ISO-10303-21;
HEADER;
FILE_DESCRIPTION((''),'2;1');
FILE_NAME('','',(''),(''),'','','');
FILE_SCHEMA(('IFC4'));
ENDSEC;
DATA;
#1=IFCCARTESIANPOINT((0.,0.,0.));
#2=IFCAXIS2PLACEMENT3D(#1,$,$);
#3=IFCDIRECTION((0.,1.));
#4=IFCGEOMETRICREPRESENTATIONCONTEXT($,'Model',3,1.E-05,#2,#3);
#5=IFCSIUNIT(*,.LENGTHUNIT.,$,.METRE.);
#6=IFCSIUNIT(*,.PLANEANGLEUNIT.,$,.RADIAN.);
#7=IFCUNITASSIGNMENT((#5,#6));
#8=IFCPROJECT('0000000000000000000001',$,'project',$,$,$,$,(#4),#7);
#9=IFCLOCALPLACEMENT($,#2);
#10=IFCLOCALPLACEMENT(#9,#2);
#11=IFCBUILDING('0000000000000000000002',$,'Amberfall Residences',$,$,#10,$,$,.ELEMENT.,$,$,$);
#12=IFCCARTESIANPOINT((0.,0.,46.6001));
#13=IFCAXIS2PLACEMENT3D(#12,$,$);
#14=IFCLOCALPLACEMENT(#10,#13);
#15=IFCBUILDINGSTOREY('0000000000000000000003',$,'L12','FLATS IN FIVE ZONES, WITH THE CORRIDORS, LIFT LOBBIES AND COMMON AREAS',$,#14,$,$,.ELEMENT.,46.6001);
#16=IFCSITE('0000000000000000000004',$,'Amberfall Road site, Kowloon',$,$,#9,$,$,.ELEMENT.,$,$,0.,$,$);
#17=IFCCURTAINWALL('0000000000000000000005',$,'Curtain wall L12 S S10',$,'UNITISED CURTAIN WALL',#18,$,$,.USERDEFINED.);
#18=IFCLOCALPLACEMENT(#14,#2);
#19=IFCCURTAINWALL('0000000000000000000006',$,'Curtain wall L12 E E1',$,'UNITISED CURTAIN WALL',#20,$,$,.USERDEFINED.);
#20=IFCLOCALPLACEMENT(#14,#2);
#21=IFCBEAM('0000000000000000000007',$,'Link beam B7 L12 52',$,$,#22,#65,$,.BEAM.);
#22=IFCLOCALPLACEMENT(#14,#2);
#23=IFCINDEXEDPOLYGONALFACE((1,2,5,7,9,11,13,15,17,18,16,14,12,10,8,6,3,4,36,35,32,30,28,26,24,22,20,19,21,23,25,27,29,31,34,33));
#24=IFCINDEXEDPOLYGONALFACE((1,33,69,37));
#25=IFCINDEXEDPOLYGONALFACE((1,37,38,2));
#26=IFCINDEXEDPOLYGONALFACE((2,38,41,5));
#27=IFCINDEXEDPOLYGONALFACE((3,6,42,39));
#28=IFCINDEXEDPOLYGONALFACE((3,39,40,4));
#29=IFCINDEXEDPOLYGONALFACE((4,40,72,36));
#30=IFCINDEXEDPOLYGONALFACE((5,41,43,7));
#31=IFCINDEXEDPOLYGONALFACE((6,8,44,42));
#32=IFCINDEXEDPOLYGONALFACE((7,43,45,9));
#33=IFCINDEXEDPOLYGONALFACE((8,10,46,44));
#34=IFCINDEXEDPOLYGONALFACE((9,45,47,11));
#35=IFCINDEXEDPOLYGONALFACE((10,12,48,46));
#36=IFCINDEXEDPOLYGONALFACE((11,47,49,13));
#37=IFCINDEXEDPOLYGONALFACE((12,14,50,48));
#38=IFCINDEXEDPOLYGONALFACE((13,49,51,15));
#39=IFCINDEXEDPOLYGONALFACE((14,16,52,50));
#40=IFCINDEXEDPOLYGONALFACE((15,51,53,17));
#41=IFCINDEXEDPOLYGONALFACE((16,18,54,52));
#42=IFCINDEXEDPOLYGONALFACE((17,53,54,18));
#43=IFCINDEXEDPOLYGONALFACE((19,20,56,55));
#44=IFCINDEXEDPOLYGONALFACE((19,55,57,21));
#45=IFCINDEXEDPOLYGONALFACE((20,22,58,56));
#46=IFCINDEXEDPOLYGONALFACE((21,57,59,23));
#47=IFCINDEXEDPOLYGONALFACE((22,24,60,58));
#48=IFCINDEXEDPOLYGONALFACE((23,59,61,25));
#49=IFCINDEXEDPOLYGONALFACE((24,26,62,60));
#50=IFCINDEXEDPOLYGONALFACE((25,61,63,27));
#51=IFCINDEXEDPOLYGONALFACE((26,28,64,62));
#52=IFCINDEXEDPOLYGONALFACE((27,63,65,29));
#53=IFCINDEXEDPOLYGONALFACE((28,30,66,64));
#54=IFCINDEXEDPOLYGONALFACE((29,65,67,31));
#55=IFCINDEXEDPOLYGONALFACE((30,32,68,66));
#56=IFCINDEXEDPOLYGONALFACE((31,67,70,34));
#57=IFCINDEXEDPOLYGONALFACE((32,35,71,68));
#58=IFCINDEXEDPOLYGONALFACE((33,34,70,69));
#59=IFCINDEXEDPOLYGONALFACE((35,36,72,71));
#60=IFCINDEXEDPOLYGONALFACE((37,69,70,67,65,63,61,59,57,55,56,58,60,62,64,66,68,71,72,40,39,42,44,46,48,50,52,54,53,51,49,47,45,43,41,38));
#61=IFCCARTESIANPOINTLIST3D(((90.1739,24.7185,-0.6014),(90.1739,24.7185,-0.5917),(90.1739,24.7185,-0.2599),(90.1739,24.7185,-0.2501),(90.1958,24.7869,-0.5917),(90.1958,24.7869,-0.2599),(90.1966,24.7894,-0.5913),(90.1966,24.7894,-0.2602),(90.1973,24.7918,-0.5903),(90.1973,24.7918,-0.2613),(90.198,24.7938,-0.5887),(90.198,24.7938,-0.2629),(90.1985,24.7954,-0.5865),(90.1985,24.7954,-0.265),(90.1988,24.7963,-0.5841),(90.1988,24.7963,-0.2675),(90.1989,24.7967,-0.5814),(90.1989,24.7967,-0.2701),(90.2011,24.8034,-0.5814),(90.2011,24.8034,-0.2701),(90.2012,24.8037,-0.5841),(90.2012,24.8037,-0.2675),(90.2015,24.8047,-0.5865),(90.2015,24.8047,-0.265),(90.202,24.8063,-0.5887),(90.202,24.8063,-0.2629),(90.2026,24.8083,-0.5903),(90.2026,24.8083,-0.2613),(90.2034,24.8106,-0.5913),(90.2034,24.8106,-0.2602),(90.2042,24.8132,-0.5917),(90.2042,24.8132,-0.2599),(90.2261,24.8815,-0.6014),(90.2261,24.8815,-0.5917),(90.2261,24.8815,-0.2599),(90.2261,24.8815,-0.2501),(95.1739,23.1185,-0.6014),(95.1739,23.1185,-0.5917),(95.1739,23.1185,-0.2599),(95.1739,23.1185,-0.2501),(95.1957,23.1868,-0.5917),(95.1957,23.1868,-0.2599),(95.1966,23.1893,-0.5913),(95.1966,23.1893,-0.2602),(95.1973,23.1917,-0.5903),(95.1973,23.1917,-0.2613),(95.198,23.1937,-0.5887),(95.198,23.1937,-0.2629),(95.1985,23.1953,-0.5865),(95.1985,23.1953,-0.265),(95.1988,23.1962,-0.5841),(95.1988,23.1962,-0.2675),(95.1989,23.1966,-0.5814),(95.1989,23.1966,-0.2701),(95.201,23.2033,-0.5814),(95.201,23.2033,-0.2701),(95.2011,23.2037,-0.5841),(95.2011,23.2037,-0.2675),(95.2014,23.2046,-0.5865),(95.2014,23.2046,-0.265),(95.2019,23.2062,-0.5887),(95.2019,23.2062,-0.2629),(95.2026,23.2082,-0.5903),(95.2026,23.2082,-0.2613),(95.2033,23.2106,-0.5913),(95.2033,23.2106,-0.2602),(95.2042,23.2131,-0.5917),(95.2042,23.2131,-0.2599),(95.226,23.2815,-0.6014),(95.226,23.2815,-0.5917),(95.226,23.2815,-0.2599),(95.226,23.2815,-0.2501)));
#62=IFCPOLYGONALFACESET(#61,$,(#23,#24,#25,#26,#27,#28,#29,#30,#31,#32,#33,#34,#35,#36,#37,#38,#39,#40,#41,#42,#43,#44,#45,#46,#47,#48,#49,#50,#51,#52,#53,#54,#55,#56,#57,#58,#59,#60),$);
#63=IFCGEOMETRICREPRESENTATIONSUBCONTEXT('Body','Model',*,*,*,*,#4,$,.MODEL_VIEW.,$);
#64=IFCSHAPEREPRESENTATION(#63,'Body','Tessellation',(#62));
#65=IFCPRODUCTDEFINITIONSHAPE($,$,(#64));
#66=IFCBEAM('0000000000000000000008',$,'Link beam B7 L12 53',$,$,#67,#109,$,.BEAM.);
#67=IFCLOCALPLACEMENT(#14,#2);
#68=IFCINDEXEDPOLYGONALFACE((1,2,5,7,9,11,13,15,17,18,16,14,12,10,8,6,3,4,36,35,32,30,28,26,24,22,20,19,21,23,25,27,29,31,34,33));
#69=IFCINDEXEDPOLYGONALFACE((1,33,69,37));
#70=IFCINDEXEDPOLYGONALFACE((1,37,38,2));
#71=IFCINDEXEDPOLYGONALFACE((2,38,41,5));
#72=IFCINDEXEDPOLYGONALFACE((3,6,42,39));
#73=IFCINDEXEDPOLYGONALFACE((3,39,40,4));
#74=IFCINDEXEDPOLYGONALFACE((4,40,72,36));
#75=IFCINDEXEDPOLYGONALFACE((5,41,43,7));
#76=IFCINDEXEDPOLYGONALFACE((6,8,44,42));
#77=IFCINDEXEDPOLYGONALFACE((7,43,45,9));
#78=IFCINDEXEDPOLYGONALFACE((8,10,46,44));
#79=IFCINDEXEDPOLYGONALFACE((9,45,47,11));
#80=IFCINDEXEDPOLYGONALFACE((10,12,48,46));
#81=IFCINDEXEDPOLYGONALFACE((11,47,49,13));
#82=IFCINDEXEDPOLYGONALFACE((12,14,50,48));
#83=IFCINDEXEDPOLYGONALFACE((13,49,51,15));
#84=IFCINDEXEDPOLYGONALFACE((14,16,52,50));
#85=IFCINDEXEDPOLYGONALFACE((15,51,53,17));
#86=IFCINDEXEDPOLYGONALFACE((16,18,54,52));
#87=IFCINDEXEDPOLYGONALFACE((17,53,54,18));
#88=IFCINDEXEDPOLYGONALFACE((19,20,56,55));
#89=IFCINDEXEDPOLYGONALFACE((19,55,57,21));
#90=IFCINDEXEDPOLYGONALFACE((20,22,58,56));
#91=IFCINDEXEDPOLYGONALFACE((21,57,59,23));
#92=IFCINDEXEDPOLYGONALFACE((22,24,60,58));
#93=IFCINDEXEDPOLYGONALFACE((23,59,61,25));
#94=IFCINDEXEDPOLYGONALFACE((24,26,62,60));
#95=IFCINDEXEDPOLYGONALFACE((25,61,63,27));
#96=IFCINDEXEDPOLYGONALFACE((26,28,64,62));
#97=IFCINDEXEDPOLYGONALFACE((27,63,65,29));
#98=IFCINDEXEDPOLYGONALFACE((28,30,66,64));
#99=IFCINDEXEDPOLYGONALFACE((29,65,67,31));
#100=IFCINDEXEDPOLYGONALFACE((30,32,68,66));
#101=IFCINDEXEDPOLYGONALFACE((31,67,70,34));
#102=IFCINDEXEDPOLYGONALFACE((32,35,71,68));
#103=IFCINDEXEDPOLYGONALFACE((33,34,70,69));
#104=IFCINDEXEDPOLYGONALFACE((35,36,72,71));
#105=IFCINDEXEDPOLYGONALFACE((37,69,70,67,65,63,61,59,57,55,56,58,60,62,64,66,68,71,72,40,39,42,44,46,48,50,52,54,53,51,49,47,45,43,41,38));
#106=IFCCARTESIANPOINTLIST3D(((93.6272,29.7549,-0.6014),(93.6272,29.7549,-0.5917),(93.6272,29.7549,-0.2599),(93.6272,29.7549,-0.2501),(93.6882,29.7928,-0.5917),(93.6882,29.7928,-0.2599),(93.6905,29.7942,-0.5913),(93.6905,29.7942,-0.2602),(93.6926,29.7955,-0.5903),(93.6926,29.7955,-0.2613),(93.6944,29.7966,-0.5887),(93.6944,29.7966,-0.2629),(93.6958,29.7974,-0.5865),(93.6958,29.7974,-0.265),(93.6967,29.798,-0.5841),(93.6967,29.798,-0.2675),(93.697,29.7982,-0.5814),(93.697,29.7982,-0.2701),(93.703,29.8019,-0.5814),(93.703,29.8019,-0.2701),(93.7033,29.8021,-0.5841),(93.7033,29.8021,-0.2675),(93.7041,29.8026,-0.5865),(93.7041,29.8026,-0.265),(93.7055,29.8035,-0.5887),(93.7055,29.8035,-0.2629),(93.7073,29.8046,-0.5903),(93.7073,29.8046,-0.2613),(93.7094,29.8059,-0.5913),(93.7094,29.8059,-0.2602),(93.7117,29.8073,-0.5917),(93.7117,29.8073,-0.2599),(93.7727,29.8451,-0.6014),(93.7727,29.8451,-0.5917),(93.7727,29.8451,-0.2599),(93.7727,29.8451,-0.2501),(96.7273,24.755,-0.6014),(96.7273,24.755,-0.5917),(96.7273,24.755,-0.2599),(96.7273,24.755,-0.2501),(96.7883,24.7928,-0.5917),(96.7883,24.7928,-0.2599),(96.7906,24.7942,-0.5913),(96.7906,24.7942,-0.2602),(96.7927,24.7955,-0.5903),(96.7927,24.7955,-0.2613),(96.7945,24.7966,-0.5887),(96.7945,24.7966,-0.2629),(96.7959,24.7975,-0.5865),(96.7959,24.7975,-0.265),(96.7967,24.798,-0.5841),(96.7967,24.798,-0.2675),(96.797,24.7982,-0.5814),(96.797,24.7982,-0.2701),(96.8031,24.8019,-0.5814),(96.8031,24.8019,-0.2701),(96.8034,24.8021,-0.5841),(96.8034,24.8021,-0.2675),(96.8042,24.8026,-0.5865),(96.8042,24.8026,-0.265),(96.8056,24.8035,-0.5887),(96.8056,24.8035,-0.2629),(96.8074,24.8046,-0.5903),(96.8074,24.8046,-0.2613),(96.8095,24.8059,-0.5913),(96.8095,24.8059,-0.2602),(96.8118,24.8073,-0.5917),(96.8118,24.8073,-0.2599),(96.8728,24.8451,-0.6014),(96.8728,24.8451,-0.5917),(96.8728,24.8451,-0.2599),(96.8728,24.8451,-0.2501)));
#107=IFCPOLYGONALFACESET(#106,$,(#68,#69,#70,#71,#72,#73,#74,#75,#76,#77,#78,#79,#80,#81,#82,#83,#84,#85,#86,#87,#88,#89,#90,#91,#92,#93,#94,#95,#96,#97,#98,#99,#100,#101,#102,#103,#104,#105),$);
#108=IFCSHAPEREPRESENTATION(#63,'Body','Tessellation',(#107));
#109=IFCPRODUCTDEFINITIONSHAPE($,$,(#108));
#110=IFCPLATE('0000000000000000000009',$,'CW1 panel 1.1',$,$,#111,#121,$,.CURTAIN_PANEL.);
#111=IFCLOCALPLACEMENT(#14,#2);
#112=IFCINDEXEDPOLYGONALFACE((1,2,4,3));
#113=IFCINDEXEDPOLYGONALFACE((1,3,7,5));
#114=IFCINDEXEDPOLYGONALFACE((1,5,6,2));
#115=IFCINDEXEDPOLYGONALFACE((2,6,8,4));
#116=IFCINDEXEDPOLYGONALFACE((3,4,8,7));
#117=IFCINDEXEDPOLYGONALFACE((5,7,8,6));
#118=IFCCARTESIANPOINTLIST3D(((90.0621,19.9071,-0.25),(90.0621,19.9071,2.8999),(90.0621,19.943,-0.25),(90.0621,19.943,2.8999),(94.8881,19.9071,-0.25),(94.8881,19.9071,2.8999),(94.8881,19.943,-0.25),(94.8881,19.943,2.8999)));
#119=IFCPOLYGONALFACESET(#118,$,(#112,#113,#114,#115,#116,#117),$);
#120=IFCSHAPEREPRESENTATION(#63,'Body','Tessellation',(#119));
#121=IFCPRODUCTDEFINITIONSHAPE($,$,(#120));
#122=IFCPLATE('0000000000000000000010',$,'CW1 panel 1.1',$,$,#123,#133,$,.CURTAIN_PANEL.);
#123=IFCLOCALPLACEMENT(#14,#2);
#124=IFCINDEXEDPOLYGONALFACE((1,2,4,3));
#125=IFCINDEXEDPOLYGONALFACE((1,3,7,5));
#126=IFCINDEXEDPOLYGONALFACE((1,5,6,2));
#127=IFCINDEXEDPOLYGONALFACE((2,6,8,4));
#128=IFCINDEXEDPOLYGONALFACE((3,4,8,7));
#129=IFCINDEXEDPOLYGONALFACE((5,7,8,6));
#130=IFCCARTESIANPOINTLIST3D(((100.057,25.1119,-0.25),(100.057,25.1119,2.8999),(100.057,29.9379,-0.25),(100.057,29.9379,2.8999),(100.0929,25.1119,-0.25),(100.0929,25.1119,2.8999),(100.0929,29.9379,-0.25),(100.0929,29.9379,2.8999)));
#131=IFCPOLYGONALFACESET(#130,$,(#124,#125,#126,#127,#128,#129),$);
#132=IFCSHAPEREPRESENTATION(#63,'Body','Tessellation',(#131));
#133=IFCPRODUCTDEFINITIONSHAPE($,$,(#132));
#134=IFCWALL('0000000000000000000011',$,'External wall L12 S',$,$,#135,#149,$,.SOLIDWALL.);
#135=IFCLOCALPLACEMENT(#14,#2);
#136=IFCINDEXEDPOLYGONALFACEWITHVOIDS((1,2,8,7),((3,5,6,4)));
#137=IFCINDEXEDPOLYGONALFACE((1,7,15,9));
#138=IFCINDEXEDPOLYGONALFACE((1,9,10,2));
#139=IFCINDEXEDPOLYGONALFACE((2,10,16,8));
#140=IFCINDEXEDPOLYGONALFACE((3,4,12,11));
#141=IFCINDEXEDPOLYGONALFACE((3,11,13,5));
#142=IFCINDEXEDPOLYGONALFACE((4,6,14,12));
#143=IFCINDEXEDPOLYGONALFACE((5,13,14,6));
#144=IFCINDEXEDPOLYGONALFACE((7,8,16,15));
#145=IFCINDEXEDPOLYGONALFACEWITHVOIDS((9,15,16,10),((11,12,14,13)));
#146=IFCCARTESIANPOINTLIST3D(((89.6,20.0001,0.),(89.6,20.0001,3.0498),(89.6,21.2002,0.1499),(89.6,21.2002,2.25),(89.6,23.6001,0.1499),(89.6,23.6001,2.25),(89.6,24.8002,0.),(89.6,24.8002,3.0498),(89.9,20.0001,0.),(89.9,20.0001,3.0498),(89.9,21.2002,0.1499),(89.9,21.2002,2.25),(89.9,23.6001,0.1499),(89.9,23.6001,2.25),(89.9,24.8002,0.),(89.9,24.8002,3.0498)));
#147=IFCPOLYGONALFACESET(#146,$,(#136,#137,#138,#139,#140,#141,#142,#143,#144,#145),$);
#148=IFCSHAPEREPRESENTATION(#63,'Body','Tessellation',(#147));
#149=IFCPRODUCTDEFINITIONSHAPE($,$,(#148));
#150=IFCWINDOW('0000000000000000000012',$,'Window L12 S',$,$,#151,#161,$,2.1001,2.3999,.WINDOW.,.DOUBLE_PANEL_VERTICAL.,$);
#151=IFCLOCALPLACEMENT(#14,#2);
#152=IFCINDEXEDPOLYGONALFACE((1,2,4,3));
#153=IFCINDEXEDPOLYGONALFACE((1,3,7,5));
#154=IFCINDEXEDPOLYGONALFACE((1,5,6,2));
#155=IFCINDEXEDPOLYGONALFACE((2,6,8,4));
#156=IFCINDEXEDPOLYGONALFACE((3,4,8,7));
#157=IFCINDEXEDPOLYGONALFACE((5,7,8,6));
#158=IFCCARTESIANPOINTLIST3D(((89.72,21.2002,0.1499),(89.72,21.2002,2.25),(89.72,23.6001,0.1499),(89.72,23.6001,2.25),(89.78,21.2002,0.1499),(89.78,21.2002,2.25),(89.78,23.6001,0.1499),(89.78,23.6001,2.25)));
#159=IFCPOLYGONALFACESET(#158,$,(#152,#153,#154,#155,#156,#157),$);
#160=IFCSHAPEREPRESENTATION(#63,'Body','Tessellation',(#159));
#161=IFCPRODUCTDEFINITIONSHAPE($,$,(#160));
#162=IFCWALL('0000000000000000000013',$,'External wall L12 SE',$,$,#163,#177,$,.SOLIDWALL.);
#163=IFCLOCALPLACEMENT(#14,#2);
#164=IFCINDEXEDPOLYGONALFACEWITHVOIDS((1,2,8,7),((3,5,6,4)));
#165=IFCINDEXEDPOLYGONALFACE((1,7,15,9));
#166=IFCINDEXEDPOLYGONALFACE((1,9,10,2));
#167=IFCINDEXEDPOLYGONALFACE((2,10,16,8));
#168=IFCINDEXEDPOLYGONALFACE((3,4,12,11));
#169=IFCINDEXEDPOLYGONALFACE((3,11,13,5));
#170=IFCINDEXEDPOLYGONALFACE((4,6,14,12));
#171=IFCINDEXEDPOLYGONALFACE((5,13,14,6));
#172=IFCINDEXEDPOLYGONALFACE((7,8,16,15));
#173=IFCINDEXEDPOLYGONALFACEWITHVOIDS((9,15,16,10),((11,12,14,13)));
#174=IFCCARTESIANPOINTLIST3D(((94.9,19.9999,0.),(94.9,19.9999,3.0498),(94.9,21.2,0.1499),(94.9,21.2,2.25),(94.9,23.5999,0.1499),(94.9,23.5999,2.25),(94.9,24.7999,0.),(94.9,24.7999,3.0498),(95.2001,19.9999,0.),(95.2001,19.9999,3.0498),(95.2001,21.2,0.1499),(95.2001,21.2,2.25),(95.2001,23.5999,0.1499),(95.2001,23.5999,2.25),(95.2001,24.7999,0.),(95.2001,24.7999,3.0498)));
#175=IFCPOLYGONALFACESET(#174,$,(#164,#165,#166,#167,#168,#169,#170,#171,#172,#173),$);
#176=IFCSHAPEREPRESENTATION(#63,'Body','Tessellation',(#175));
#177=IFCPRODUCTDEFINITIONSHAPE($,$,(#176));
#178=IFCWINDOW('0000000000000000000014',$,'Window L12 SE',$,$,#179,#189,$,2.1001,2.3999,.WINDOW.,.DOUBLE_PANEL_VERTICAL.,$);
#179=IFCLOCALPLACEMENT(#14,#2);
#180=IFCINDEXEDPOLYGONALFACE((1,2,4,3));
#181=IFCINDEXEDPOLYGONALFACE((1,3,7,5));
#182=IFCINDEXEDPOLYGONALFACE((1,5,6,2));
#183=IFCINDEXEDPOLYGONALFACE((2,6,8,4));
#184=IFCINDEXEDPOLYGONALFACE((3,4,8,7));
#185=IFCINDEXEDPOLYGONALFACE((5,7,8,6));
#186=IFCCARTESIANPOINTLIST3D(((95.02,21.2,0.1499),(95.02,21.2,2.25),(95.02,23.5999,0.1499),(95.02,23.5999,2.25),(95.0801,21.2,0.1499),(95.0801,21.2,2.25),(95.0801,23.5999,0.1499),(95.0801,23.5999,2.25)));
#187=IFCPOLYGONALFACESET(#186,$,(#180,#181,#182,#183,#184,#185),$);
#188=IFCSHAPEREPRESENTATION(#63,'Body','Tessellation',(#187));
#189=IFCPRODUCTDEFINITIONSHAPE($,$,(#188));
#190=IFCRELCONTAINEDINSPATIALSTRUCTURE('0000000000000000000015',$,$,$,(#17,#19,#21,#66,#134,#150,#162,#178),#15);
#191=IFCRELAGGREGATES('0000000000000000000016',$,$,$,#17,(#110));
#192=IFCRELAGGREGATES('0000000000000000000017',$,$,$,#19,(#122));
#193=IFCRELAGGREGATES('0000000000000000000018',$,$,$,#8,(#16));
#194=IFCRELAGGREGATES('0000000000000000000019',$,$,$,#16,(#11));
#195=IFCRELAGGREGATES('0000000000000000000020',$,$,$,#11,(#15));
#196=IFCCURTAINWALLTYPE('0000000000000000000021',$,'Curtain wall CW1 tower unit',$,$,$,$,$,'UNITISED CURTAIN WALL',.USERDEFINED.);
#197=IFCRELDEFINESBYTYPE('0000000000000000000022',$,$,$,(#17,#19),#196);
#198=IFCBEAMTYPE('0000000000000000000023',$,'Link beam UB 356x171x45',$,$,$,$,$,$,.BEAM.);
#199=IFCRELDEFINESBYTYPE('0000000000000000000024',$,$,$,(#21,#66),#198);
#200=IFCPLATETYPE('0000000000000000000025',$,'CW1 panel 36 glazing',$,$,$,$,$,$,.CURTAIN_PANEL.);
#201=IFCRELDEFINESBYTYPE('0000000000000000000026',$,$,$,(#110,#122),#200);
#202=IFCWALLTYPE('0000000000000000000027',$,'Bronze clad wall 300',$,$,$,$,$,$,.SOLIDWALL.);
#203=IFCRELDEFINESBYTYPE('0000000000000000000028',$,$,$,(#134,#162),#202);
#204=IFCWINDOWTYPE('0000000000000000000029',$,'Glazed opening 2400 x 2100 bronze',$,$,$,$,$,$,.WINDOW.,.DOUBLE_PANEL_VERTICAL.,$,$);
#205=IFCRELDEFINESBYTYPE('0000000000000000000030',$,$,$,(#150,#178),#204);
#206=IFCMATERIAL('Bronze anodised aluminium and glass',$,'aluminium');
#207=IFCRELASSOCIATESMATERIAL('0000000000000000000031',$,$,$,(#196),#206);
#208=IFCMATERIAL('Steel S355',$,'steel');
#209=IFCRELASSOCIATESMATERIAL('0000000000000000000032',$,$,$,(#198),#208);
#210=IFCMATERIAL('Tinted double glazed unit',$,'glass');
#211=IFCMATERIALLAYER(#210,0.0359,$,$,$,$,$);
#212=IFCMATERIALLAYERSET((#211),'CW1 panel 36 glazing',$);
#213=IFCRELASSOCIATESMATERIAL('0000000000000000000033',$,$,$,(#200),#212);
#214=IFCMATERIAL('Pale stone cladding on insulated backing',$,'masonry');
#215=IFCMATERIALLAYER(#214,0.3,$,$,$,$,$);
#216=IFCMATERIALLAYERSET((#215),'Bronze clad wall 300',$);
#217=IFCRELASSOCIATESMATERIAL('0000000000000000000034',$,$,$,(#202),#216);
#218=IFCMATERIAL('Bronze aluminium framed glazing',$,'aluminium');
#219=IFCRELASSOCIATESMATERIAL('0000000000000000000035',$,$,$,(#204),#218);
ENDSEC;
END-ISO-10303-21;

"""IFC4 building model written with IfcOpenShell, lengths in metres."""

from ifc_helpers import new_model, si_unit, direction, frame, frame_2d, origin, origin_2d, place, context, subcontext, project, spatial, rectangle, i_section, extrude, material, layer, layer_set, material_profile, profile_set, type_object, element, fill, aggregate, save


model = new_model("IFC4")

# Units and contexts
model_context = context("Model", 3, precision=1e-05, world=origin(), true_north=direction((0.0, 1.0)))
body_context = subcontext(model_context, "Body", "Model", "MODEL_VIEW")
ifc_project = project(units=[si_unit("LENGTHUNIT", "METRE"), si_unit("PLANEANGLEUNIT", "RADIAN")], contexts=[model_context])

# Site, building, storey
site_placement = place(None, origin())
site = spatial("IfcSite", under=ifc_project, at=site_placement, Name="Amberfall Road site, Kowloon", CompositionType="ELEMENT", RefElevation=0.0)
building_placement = place(site_placement, origin())
building = spatial("IfcBuilding", under=site, at=building_placement, Name="Amberfall Residences", CompositionType="ELEMENT")
storey_placement = place(building_placement, frame((0.0, 0.0, 46.6001)))
storey = spatial("IfcBuildingStorey", under=building, at=storey_placement, Name="L12", Description="FLATS IN FIVE ZONES, WITH THE CORRIDORS, LIFT LOBBIES AND COMMON AREAS", CompositionType="ELEMENT", Elevation=46.6001)

# Curtain walls
ifc_material_1 = material(Name="Bronze anodised aluminium and glass", Category="aluminium")
curtain_wall_type = type_object("IfcCurtainWallType", Name="Curtain wall CW1 tower unit", ElementType="UNITISED CURTAIN WALL", PredefinedType="USERDEFINED", material=ifc_material_1)
curtain_wall_1_placement = place(storey_placement, origin())
curtain_wall_1 = element("IfcCurtainWall", 1, at=curtain_wall_1_placement, inside=storey, type_object=curtain_wall_type, Name="Curtain wall L12 S S10", ObjectType="UNITISED CURTAIN WALL", PredefinedType="USERDEFINED")
curtain_wall_2_placement = place(storey_placement, origin())
curtain_wall_2 = element("IfcCurtainWall", 2, at=curtain_wall_2_placement, inside=storey, type_object=curtain_wall_type, Name="Curtain wall L12 E E1", ObjectType="UNITISED CURTAIN WALL", PredefinedType="USERDEFINED")

# Beams
ifc_material_2 = material(Name="Steel S355", Category="steel")
ifc_material_profile_1 = material_profile(ifc_material_2, i_section(OverallWidth=0.1711, OverallDepth=0.3513, WebThickness=0.0071, FlangeThickness=0.0098, FilletRadius=0.0103, at=origin_2d()), Name="UB 356x171x45")
ifc_profile_set_1 = profile_set([ifc_material_profile_1], Name="Steel S355")
beam_type_1 = type_object("IfcBeamType", Name="Link beam UB 356x171x45", PredefinedType="BEAM", material=ifc_profile_set_1)
beam_1_placement = place(storey_placement, frame((95.2, 23.2, -0.4258), z_axis=(-0.952419, 0.304793, 0.0), x_axis=(-0.304793, -0.952419, 0.0)))
element("IfcBeam", 3, at=beam_1_placement, inside=storey, type_object=beam_type_1, Name="Link beam B7 L12 52", PredefinedType="BEAM", context=body_context, shape_type="SweptSolid", body=[
    extrude(i_section(OverallWidth=0.1711, OverallDepth=0.3513, WebThickness=0.0071, FlangeThickness=0.0098, FilletRadius=0.0103, at=origin_2d()), origin(), (0.0, 0.0, 1.0), 5.2498),
])
beam_2_placement = place(storey_placement, frame((96.8, 24.8, -0.4258), z_axis=(-0.526952, 0.849895, 0.0), x_axis=(-0.849895, -0.526952, 0.0)))
element("IfcBeam", 4, at=beam_2_placement, inside=storey, type_object=beam_type_1, Name="Link beam B7 L12 53", PredefinedType="BEAM", context=body_context, shape_type="SweptSolid", body=[
    extrude(i_section(OverallWidth=0.1711, OverallDepth=0.3513, WebThickness=0.0071, FlangeThickness=0.0098, FilletRadius=0.0103, at=origin_2d()), origin(), (0.0, 0.0, 1.0), 5.8831),
])

# Plates
ifc_material_3 = material(Name="Tinted double glazed unit", Category="glass")
ifc_layer_1 = layer(ifc_material_3, 0.0359)
ifc_layer_set_1 = layer_set([ifc_layer_1], Name="CW1 panel 36 glazing")
plate_type = type_object("IfcPlateType", Name="CW1 panel 36 glazing", PredefinedType="CURTAIN_PANEL", material=ifc_layer_set_1)
plate_1_placement = place(storey_placement, frame((92.4751, 19.925, -0.25), z_axis=(0.0, 0.0, 1.0), x_axis=(1.0, 0.0, 0.0)))
plate_1 = element("IfcPlate", 5, at=plate_1_placement, type_object=plate_type, Name="CW1 panel 1.1", PredefinedType="CURTAIN_PANEL", context=body_context, shape_type="SweptSolid", body=[
    extrude(rectangle(XDim=4.8259, YDim=0.0359, at=origin_2d()), origin(), (0.0, 0.0, 1.0), 3.1499),
])
aggregate(curtain_wall_1, [plate_1])
plate_2_placement = place(storey_placement, frame((100.075, 27.5249, -0.25), z_axis=(0.0, 0.0, 1.0), x_axis=(0.0, 1.0, 0.0)))
plate_2 = element("IfcPlate", 6, at=plate_2_placement, type_object=plate_type, Name="CW1 panel 1.1", PredefinedType="CURTAIN_PANEL", context=body_context, shape_type="SweptSolid", body=[
    extrude(rectangle(XDim=4.8259, YDim=0.0359, at=origin_2d()), origin(), (0.0, 0.0, 1.0), 3.1499),
])
aggregate(curtain_wall_2, [plate_2])

# Walls, openings, windows
ifc_material_4 = material(Name="Pale stone cladding on insulated backing", Category="masonry")
ifc_layer_2 = layer(ifc_material_4, 0.3)
ifc_layer_set_2 = layer_set([ifc_layer_2], Name="Bronze clad wall 300")
wall_type_1 = type_object("IfcWallType", Name="Bronze clad wall 300", PredefinedType="SOLIDWALL", material=ifc_layer_set_2)
wall_1_placement = place(storey_placement, frame((89.75, 24.8, 0.0), z_axis=(0.0, 0.0, 1.0), x_axis=(0.0, -1.0, 0.0)))
wall_1 = element("IfcWall", 7, at=wall_1_placement, inside=storey, type_object=wall_type_1, Name="External wall L12 S", PredefinedType="SOLIDWALL", context=body_context, shape_type="SweptSolid", body=[
    extrude(rectangle(XDim=4.8, YDim=0.3, at=frame_2d((2.3999, 0.0))), origin(), (0.0, 0.0, 1.0), 3.0498),
])
opening_1_placement = place(wall_1_placement, frame((1.2, 0.0, 0.1499)))
opening_1 = element("IfcOpeningElement", 8, at=opening_1_placement, cuts=wall_1, PredefinedType="OPENING", context=body_context, shape_type="SweptSolid", body=[
    extrude(rectangle(XDim=2.3999, YDim=2.1001, at=frame_2d((1.2, 1.05))), frame((0.0, 0.1599, 0.0), z_axis=(0.0, -1.0, 0.0), x_axis=(1.0, 0.0, 0.0)), (0.0, 0.0, 1.0), 0.3201),
])
ifc_material_5 = material(Name="Bronze aluminium framed glazing", Category="aluminium")
window_type_1 = type_object("IfcWindowType", Name="Glazed opening 2400 x 2100 bronze", PartitioningType="DOUBLE_PANEL_VERTICAL", PredefinedType="WINDOW", material=ifc_material_5)
window_1_placement = place(opening_1_placement, origin())
window_1 = element("IfcWindow", 9, at=window_1_placement, inside=storey, type_object=window_type_1, Name="Window L12 S", OverallHeight=2.1001, OverallWidth=2.3999, PartitioningType="DOUBLE_PANEL_VERTICAL", PredefinedType="WINDOW", context=body_context, shape_type="SweptSolid", body=[
    extrude(rectangle(XDim=2.3999, YDim=2.1001, at=frame_2d((1.2, 1.05))), frame((0.0, 0.03, 0.0), z_axis=(0.0, -1.0, 0.0), x_axis=(1.0, 0.0, 0.0)), (0.0, 0.0, 1.0), 0.0601),
])
fill(opening_1, window_1)
wall_2_placement = place(storey_placement, frame((95.05, 20.0, 0.0), z_axis=(0.0, 0.0, 1.0), x_axis=(0.0, 1.0, 0.0)))
wall_2 = element("IfcWall", 10, at=wall_2_placement, inside=storey, type_object=wall_type_1, Name="External wall L12 SE", PredefinedType="SOLIDWALL", context=body_context, shape_type="SweptSolid", body=[
    extrude(rectangle(XDim=4.8, YDim=0.3, at=frame_2d((2.3999, 0.0))), origin(), (0.0, 0.0, 1.0), 3.0498),
])
opening_2_placement = place(wall_2_placement, frame((1.2, 0.0, 0.1499)))
opening_2 = element("IfcOpeningElement", 11, at=opening_2_placement, cuts=wall_2, PredefinedType="OPENING", context=body_context, shape_type="SweptSolid", body=[
    extrude(rectangle(XDim=2.3999, YDim=2.1001, at=frame_2d((1.2, 1.05))), frame((0.0, 0.1599, 0.0), z_axis=(0.0, -1.0, 0.0), x_axis=(1.0, 0.0, 0.0)), (0.0, 0.0, 1.0), 0.3201),
])
window_2_placement = place(opening_2_placement, origin())
window_2 = element("IfcWindow", 12, at=window_2_placement, inside=storey, type_object=window_type_1, Name="Window L12 SE", OverallHeight=2.1001, OverallWidth=2.3999, PartitioningType="DOUBLE_PANEL_VERTICAL", PredefinedType="WINDOW", context=body_context, shape_type="SweptSolid", body=[
    extrude(rectangle(XDim=2.3999, YDim=2.1001, at=frame_2d((1.2, 1.05))), frame((0.0, 0.03, 0.0), z_axis=(0.0, -1.0, 0.0), x_axis=(1.0, 0.0, 0.0)), (0.0, 0.0, 1.0), 0.0601),
])
fill(opening_2, window_2)

save(model, "model.ifc")
